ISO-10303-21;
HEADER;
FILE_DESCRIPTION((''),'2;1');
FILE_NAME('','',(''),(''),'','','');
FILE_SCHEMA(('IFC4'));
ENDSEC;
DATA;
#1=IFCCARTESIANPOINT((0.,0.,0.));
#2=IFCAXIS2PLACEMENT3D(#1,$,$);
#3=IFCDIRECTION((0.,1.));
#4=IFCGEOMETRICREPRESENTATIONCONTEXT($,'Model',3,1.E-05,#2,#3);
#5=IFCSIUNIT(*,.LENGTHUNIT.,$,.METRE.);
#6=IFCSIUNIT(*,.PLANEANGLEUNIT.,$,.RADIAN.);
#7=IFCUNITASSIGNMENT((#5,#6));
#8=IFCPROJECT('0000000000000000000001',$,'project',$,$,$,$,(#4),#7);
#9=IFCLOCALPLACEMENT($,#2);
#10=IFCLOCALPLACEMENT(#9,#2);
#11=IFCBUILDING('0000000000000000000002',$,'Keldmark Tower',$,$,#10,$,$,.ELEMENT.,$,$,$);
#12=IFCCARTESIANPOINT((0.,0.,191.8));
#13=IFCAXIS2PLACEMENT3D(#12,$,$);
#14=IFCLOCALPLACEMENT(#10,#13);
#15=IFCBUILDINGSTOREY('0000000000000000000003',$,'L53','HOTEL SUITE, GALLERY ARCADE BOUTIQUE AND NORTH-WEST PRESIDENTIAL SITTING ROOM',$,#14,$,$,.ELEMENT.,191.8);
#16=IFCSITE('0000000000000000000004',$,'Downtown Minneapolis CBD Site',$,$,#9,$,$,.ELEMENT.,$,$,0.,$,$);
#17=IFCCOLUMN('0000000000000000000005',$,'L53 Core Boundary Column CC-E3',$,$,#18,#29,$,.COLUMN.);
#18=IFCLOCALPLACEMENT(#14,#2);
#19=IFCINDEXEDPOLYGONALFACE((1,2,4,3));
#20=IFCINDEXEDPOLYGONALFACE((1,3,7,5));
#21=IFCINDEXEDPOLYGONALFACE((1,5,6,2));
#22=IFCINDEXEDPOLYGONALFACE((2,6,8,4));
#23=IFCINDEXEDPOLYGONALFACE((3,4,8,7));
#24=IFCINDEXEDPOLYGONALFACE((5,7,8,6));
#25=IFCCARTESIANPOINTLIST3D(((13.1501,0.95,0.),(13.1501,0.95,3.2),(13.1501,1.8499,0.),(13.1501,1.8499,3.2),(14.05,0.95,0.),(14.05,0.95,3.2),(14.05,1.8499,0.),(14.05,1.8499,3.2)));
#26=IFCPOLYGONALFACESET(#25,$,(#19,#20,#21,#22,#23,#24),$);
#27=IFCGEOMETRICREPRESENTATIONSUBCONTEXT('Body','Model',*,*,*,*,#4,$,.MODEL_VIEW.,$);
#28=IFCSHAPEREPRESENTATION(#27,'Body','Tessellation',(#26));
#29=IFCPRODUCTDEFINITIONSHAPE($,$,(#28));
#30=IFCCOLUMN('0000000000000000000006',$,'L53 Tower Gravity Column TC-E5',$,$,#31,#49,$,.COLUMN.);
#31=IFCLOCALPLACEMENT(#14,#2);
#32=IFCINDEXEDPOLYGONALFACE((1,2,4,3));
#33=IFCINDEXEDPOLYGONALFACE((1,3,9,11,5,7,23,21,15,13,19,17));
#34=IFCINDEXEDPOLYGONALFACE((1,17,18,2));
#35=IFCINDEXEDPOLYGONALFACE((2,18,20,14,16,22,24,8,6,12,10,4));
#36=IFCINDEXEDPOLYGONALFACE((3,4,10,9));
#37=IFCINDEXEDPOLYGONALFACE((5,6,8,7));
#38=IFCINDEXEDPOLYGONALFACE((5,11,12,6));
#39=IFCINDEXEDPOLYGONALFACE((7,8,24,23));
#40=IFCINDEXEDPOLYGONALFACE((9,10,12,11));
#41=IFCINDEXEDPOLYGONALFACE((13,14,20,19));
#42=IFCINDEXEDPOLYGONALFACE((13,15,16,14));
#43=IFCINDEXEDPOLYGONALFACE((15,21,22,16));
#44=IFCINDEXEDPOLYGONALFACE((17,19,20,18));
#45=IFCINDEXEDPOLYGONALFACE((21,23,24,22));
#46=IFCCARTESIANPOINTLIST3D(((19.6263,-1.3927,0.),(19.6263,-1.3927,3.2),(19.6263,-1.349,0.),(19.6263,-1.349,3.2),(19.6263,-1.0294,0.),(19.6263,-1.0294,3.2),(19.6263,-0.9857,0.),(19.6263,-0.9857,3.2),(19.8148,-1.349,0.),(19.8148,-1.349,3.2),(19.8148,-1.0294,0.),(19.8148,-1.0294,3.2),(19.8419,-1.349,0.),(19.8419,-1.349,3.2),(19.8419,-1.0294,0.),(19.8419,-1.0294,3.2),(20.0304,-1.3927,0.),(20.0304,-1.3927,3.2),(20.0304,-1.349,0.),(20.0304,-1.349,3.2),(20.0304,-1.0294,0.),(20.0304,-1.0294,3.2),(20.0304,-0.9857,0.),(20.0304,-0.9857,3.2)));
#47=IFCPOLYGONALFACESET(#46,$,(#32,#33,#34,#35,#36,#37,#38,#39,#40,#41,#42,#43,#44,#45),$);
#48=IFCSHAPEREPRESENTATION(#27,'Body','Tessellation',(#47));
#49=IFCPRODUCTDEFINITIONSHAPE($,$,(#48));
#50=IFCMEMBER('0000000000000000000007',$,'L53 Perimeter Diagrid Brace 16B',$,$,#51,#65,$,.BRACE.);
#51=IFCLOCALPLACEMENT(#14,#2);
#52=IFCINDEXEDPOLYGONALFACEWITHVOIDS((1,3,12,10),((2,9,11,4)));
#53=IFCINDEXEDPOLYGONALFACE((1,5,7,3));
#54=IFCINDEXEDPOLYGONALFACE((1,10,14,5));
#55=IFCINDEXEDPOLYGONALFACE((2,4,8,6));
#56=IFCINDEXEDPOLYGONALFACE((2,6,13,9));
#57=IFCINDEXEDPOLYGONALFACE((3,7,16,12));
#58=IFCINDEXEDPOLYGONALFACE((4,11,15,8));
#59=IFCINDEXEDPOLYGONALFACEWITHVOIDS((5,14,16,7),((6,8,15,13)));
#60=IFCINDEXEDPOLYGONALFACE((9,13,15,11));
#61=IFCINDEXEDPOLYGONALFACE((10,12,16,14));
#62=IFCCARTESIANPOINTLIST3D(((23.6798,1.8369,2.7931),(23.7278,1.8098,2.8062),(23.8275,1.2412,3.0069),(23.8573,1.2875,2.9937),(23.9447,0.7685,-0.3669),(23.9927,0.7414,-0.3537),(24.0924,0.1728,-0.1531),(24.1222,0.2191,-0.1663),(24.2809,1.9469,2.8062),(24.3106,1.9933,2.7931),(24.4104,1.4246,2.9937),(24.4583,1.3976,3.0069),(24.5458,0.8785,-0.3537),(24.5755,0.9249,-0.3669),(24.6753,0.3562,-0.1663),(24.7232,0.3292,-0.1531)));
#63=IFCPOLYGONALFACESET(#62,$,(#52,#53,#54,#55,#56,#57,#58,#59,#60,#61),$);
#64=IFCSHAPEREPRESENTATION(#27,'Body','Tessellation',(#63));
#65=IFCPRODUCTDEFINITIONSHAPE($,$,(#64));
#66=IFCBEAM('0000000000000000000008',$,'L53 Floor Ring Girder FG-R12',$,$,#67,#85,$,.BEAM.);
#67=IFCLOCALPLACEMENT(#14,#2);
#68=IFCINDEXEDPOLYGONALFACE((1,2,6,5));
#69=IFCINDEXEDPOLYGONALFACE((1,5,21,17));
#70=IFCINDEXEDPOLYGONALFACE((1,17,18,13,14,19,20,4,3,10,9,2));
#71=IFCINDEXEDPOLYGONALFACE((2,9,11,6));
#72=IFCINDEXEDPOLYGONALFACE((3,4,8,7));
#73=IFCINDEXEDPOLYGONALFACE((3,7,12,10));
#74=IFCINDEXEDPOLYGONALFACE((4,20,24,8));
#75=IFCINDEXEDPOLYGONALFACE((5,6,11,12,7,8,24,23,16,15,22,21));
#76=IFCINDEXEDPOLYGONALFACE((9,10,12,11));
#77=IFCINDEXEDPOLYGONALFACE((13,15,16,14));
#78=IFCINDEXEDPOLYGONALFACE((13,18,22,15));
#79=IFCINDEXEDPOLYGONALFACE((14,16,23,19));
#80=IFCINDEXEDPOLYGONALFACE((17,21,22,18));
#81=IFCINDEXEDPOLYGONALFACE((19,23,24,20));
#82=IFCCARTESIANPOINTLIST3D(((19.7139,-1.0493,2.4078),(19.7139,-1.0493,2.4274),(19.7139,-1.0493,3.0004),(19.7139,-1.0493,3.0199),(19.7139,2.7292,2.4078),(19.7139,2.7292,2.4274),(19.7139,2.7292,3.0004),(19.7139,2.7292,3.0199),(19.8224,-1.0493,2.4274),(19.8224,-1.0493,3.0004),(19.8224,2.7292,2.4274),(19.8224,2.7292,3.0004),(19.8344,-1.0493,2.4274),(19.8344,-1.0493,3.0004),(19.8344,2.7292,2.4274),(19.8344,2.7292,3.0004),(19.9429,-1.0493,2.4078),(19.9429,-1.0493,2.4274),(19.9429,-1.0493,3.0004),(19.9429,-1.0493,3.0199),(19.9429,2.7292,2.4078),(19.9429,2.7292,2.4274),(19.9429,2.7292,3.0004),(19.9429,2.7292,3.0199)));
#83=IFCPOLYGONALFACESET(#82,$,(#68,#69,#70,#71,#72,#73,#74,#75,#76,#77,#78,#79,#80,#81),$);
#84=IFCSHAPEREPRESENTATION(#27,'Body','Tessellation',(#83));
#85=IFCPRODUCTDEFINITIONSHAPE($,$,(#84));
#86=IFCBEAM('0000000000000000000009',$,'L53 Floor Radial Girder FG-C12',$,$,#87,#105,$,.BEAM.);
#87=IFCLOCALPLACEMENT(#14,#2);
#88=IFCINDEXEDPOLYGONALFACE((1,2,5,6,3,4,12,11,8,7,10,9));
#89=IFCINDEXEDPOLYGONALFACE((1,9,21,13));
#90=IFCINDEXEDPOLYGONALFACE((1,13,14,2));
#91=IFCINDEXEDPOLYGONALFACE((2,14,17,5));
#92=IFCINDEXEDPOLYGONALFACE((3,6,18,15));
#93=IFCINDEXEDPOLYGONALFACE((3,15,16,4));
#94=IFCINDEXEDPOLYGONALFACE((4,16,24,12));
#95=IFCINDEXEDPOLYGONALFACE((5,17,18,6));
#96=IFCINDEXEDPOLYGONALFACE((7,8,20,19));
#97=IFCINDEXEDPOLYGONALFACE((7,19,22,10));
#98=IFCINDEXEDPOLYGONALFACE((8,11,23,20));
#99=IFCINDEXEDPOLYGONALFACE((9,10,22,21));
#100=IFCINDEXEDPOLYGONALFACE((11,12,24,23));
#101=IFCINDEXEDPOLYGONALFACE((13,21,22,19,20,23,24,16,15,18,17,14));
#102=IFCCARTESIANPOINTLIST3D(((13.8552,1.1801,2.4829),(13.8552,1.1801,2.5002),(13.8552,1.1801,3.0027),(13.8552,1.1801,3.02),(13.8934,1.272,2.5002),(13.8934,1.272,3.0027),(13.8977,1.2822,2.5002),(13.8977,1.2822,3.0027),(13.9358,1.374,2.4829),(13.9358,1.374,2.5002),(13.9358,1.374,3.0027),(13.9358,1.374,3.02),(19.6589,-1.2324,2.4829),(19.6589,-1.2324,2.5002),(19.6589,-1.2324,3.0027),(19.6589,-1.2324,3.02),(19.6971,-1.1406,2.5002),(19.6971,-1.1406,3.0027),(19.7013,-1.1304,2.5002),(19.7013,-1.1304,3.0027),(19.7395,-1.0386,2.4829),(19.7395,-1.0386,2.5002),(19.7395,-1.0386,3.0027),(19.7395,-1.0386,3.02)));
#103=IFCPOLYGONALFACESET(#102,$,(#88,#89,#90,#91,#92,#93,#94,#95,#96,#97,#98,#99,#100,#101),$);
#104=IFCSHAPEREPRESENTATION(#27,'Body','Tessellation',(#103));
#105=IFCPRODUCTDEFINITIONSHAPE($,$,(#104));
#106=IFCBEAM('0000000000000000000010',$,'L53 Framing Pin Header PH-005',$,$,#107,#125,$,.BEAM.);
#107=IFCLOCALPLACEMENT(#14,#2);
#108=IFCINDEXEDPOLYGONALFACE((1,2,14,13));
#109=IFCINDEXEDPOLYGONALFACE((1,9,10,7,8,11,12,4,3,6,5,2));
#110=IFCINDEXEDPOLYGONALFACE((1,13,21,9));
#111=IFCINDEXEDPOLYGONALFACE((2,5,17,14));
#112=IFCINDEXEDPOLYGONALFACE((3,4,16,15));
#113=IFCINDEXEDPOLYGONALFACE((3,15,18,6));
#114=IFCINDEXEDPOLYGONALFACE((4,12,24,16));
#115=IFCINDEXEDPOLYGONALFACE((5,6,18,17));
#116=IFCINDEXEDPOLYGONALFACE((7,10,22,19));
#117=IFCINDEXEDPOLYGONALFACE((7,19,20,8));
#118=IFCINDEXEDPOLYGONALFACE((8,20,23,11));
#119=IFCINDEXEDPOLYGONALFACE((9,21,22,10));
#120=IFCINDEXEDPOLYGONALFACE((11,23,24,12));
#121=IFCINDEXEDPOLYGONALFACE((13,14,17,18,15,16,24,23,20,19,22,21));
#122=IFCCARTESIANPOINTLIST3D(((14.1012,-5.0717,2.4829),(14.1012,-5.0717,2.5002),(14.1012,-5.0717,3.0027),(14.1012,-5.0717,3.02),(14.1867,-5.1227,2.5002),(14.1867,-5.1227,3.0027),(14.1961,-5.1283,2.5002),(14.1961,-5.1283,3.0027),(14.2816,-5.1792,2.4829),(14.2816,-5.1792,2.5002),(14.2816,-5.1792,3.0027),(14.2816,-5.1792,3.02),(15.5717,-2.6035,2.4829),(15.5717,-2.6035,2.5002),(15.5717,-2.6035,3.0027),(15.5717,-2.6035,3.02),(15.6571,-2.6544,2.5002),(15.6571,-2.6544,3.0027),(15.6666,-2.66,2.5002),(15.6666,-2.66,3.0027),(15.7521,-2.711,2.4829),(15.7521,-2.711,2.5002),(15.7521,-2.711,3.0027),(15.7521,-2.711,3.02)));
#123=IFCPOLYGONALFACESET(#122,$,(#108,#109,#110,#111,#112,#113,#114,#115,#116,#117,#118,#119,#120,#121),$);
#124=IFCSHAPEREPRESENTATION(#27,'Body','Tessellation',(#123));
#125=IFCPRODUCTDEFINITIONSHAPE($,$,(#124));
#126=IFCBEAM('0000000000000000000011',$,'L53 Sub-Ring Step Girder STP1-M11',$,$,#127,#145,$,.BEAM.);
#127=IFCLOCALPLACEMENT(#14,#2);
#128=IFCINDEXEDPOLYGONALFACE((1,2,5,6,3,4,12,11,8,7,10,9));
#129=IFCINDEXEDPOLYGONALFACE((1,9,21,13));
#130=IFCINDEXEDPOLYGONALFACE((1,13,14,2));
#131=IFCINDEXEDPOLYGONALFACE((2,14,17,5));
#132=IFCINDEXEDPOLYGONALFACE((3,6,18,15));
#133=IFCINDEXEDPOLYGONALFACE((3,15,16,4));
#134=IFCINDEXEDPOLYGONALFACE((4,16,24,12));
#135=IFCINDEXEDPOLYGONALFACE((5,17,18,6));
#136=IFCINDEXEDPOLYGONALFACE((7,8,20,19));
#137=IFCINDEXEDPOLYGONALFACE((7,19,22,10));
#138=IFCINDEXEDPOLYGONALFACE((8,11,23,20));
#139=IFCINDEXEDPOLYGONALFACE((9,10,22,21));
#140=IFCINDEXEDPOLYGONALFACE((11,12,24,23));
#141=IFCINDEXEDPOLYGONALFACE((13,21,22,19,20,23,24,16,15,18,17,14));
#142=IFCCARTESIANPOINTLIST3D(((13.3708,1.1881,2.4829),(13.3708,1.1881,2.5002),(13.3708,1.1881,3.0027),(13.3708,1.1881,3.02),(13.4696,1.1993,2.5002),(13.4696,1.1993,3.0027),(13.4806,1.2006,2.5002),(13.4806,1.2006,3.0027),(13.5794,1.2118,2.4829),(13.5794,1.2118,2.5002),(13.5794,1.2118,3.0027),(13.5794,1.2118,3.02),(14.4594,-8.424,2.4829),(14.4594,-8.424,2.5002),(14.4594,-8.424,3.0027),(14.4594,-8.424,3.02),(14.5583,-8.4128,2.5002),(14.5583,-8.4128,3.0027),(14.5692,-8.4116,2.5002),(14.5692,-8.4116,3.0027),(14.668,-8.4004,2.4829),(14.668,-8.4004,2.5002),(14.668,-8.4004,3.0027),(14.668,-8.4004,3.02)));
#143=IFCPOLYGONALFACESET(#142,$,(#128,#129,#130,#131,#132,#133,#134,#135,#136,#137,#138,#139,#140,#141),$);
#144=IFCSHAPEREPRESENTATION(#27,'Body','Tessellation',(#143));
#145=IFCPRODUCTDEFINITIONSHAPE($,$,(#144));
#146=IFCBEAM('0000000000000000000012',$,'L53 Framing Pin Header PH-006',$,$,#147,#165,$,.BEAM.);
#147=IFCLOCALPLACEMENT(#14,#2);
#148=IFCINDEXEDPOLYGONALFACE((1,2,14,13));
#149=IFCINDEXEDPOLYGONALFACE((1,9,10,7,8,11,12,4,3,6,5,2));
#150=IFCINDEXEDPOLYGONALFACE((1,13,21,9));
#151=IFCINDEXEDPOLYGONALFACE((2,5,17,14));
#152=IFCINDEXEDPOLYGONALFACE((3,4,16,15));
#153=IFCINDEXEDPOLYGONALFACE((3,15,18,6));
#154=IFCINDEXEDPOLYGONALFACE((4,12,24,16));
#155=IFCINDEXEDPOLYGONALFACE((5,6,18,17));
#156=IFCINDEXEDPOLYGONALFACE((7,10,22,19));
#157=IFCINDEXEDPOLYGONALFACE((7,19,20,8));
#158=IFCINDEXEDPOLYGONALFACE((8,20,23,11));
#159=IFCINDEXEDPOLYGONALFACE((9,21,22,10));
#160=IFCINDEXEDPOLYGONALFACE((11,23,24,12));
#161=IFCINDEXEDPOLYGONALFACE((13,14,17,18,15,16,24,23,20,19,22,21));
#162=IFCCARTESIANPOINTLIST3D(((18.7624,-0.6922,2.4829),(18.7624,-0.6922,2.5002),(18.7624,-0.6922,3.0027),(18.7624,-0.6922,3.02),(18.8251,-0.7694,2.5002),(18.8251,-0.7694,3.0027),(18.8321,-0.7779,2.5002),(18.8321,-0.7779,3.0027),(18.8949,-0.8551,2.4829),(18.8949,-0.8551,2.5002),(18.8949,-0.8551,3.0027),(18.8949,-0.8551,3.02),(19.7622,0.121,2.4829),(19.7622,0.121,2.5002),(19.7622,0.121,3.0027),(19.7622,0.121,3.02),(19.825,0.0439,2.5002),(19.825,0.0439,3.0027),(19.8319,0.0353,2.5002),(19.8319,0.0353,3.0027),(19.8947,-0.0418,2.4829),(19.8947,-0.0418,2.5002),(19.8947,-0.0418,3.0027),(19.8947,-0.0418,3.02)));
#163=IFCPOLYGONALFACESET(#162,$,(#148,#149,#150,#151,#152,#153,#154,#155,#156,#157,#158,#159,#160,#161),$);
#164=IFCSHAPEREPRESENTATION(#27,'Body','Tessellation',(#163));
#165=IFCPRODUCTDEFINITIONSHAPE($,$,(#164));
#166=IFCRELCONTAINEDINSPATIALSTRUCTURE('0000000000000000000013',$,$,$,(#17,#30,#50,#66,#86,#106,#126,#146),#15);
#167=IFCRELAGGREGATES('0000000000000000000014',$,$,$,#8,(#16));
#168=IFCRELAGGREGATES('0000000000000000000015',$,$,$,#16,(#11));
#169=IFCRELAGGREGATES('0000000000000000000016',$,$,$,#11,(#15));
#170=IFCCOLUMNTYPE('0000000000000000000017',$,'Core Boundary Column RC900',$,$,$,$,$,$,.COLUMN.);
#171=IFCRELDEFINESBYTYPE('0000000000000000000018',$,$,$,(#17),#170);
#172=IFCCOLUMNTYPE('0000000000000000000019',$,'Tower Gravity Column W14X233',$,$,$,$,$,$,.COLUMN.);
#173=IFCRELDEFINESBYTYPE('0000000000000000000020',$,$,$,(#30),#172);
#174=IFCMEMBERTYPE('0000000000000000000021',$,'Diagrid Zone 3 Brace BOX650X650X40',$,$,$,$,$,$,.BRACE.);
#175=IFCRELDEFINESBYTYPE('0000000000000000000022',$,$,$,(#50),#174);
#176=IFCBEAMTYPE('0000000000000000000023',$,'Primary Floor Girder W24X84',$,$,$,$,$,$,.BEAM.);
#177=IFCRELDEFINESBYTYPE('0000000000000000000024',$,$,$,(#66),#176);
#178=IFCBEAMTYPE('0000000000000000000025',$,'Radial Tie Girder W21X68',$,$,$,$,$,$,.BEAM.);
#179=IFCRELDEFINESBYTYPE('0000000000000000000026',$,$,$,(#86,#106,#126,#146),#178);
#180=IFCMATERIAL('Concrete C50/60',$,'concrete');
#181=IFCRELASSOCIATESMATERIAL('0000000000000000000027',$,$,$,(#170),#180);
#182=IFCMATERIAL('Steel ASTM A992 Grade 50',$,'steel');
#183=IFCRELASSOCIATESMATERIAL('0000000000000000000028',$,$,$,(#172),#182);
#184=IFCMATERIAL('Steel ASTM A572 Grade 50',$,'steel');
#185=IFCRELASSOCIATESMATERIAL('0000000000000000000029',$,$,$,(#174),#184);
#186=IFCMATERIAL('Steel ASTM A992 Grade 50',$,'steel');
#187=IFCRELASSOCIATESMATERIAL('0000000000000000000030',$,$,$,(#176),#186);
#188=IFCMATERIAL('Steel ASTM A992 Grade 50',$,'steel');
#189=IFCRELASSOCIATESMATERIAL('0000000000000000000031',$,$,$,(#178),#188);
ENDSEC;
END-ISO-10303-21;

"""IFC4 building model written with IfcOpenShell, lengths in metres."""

from ifc_helpers import new_model, si_unit, direction, frame, origin, origin_2d, place, context, subcontext, project, spatial, rectangle, hollow_rectangle, i_section, extrude, material, material_profile, profile_set, type_object, element, save


model = new_model("IFC4")

# Units and contexts
model_context = context("Model", 3, precision=1e-05, world=origin(), true_north=direction((0.0, 1.0)))
body_context = subcontext(model_context, "Body", "Model", "MODEL_VIEW")
ifc_project = project(units=[si_unit("LENGTHUNIT", "METRE"), si_unit("PLANEANGLEUNIT", "RADIAN")], contexts=[model_context])

# Site, building, storey
site_placement = place(None, origin())
site = spatial("IfcSite", under=ifc_project, at=site_placement, Name="Downtown Minneapolis CBD Site", CompositionType="ELEMENT", RefElevation=0.0)
building_placement = place(site_placement, origin())
building = spatial("IfcBuilding", under=site, at=building_placement, Name="Keldmark Tower", CompositionType="ELEMENT")
storey_placement = place(building_placement, frame((0.0, 0.0, 191.8)))
storey = spatial("IfcBuildingStorey", under=building, at=storey_placement, Name="L53", Description="HOTEL SUITE, GALLERY ARCADE BOUTIQUE AND NORTH-WEST PRESIDENTIAL SITTING ROOM", CompositionType="ELEMENT", Elevation=191.8)

# Columns
ifc_material_1 = material(Name="Concrete C50/60", Category="concrete")
ifc_material_profile_1 = material_profile(ifc_material_1, rectangle(XDim=0.8999, YDim=0.8999, at=origin_2d()), Name="RC900X900")
ifc_profile_set_1 = profile_set([ifc_material_profile_1], Name="Concrete C50/60")
column_type_1 = type_object("IfcColumnType", Name="Core Boundary Column RC900", PredefinedType="COLUMN", material=ifc_profile_set_1)
column_1_placement = place(storey_placement, frame((13.6001, 1.3999, 0.0), z_axis=(0.0, 0.0, 1.0), x_axis=(1.0, 0.0, 0.0)))
element("IfcColumn", 1, at=column_1_placement, inside=storey, type_object=column_type_1, Name="L53 Core Boundary Column CC-E3", PredefinedType="COLUMN", context=body_context, shape_type="SweptSolid", body=[
    extrude(rectangle(XDim=0.8999, YDim=0.8999, at=origin_2d()), origin(), (0.0, 0.0, 1.0), 3.2),
])
ifc_material_2 = material(Name="Steel ASTM A992 Grade 50", Category="steel")
ifc_material_profile_2 = material_profile(ifc_material_2, i_section(OverallWidth=0.4041, OverallDepth=0.407, WebThickness=0.0271, FlangeThickness=0.0437, at=origin_2d()), Name="W14X233")
ifc_profile_set_2 = profile_set([ifc_material_profile_2], Name="Steel ASTM A992 Grade 50")
column_type_2 = type_object("IfcColumnType", Name="Tower Gravity Column W14X233", PredefinedType="COLUMN", material=ifc_profile_set_2)
column_2_placement = place(storey_placement, frame((19.8284, -1.1892, 0.0), z_axis=(0.0, 0.0, 1.0), x_axis=(1.0, 0.0, 0.0)))
element("IfcColumn", 2, at=column_2_placement, inside=storey, type_object=column_type_2, Name="L53 Tower Gravity Column TC-E5", PredefinedType="COLUMN", context=body_context, shape_type="SweptSolid", body=[
    extrude(i_section(OverallWidth=0.4041, OverallDepth=0.407, WebThickness=0.0271, FlangeThickness=0.0437, at=origin_2d()), origin(), (0.0, 0.0, 1.0), 3.2),
])

# Member
ifc_material_3 = material(Name="Steel ASTM A572 Grade 50", Category="steel")
ifc_material_profile_3 = material_profile(ifc_material_3, hollow_rectangle(XDim=0.6499, YDim=0.6499, WallThickness=0.04, at=origin_2d()), Name="BOX650X650X40")
ifc_profile_set_3 = profile_set([ifc_material_profile_3], Name="Steel ASTM A572 Grade 50")
member_type = type_object("IfcMemberType", Name="Diagrid Zone 3 Brace BOX650X650X40", PredefinedType="BRACE", material=ifc_profile_set_3)
member_placement = place(storey_placement, frame((24.334, 0.5488, -0.26), z_axis=(-0.079164, 0.319282, 0.944348), x_axis=(-0.97061, -0.240656, 0.0)))
element("IfcMember", 3, at=member_placement, inside=storey, type_object=member_type, Name="L53 Perimeter Diagrid Brace 16B", PredefinedType="BRACE", context=body_context, shape_type="SweptSolid", body=[
    extrude(hollow_rectangle(XDim=0.6499, YDim=0.6499, WallThickness=0.04, at=origin_2d()), origin(), (0.0, 0.0, 1.0), 3.3462),
])

# Beams
ifc_material_4 = material(Name="Steel ASTM A992 Grade 50", Category="steel")
ifc_material_profile_4 = material_profile(ifc_material_4, i_section(OverallWidth=0.229, OverallDepth=0.6121, WebThickness=0.012, FlangeThickness=0.0195, at=origin_2d()), Name="W24X84")
ifc_profile_set_4 = profile_set([ifc_material_profile_4], Name="Steel ASTM A992 Grade 50")
beam_type_1 = type_object("IfcBeamType", Name="Primary Floor Girder W24X84", PredefinedType="BEAM", material=ifc_profile_set_4)
beam_1_placement = place(storey_placement, frame((19.8284, -1.0493, 2.7139), z_axis=(0.0, 1.0, 0.0), x_axis=(-1.0, 0.0, 0.0)))
element("IfcBeam", 4, at=beam_1_placement, inside=storey, type_object=beam_type_1, Name="L53 Floor Ring Girder FG-R12", PredefinedType="BEAM", context=body_context, shape_type="SweptSolid", body=[
    extrude(i_section(OverallWidth=0.229, OverallDepth=0.6121, WebThickness=0.012, FlangeThickness=0.0195, at=origin_2d()), origin(), (0.0, 0.0, 1.0), 3.7786),
])
ifc_material_5 = material(Name="Steel ASTM A992 Grade 50", Category="steel")
ifc_material_profile_5 = material_profile(ifc_material_5, i_section(OverallWidth=0.21, OverallDepth=0.5371, WebThickness=0.011, FlangeThickness=0.0173, at=origin_2d()), Name="W21X68")
ifc_profile_set_5 = profile_set([ifc_material_profile_5], Name="Steel ASTM A992 Grade 50")
beam_type_2 = type_object("IfcBeamType", Name="Radial Tie Girder W21X68", PredefinedType="BEAM", material=ifc_profile_set_5)
beam_2_placement = place(storey_placement, frame((19.6992, -1.1355, 2.7515), z_axis=(-0.923394, 0.383854, 0.0), x_axis=(-0.383854, -0.923394, 0.0)))
element("IfcBeam", 5, at=beam_2_placement, inside=storey, type_object=beam_type_2, Name="L53 Floor Radial Girder FG-C12", PredefinedType="BEAM", context=body_context, shape_type="SweptSolid", body=[
    extrude(i_section(OverallWidth=0.21, OverallDepth=0.5371, WebThickness=0.011, FlangeThickness=0.0173, at=origin_2d()), origin(), (0.0, 0.0, 1.0), 6.2852),
])
beam_3_placement = place(storey_placement, frame((15.6619, -2.6572, 2.7515), z_axis=(-0.511807, -0.859101, 0.0), x_axis=(0.859101, -0.511807, 0.0)))
element("IfcBeam", 6, at=beam_3_placement, inside=storey, type_object=beam_type_2, Name="L53 Framing Pin Header PH-005", PredefinedType="BEAM", context=body_context, shape_type="SweptSolid", body=[
    extrude(i_section(OverallWidth=0.21, OverallDepth=0.5371, WebThickness=0.011, FlangeThickness=0.0173, at=origin_2d()), origin(), (0.0, 0.0, 1.0), 2.873),
])
beam_4_placement = place(storey_placement, frame((13.4751, 1.2, 2.7515), z_axis=(0.112537, -0.993648, 0.0), x_axis=(0.993648, 0.112537, 0.0)))
element("IfcBeam", 7, at=beam_4_placement, inside=storey, type_object=beam_type_2, Name="L53 Sub-Ring Step Girder STP1-M11", PredefinedType="BEAM", context=body_context, shape_type="SweptSolid", body=[
    extrude(i_section(OverallWidth=0.21, OverallDepth=0.5371, WebThickness=0.011, FlangeThickness=0.0173, at=origin_2d()), origin(), (0.0, 0.0, 1.0), 9.6736),
])
beam_5_placement = place(storey_placement, frame((18.8286, -0.7737, 2.7515), z_axis=(0.77576, 0.631028, 0.0), x_axis=(-0.631028, 0.77576, 0.0)))
element("IfcBeam", 8, at=beam_5_placement, inside=storey, type_object=beam_type_2, Name="L53 Framing Pin Header PH-006", PredefinedType="BEAM", context=body_context, shape_type="SweptSolid", body=[
    extrude(i_section(OverallWidth=0.21, OverallDepth=0.5371, WebThickness=0.011, FlangeThickness=0.0173, at=origin_2d()), origin(), (0.0, 0.0, 1.0), 1.2888),
])

save(model, "model.ifc")
